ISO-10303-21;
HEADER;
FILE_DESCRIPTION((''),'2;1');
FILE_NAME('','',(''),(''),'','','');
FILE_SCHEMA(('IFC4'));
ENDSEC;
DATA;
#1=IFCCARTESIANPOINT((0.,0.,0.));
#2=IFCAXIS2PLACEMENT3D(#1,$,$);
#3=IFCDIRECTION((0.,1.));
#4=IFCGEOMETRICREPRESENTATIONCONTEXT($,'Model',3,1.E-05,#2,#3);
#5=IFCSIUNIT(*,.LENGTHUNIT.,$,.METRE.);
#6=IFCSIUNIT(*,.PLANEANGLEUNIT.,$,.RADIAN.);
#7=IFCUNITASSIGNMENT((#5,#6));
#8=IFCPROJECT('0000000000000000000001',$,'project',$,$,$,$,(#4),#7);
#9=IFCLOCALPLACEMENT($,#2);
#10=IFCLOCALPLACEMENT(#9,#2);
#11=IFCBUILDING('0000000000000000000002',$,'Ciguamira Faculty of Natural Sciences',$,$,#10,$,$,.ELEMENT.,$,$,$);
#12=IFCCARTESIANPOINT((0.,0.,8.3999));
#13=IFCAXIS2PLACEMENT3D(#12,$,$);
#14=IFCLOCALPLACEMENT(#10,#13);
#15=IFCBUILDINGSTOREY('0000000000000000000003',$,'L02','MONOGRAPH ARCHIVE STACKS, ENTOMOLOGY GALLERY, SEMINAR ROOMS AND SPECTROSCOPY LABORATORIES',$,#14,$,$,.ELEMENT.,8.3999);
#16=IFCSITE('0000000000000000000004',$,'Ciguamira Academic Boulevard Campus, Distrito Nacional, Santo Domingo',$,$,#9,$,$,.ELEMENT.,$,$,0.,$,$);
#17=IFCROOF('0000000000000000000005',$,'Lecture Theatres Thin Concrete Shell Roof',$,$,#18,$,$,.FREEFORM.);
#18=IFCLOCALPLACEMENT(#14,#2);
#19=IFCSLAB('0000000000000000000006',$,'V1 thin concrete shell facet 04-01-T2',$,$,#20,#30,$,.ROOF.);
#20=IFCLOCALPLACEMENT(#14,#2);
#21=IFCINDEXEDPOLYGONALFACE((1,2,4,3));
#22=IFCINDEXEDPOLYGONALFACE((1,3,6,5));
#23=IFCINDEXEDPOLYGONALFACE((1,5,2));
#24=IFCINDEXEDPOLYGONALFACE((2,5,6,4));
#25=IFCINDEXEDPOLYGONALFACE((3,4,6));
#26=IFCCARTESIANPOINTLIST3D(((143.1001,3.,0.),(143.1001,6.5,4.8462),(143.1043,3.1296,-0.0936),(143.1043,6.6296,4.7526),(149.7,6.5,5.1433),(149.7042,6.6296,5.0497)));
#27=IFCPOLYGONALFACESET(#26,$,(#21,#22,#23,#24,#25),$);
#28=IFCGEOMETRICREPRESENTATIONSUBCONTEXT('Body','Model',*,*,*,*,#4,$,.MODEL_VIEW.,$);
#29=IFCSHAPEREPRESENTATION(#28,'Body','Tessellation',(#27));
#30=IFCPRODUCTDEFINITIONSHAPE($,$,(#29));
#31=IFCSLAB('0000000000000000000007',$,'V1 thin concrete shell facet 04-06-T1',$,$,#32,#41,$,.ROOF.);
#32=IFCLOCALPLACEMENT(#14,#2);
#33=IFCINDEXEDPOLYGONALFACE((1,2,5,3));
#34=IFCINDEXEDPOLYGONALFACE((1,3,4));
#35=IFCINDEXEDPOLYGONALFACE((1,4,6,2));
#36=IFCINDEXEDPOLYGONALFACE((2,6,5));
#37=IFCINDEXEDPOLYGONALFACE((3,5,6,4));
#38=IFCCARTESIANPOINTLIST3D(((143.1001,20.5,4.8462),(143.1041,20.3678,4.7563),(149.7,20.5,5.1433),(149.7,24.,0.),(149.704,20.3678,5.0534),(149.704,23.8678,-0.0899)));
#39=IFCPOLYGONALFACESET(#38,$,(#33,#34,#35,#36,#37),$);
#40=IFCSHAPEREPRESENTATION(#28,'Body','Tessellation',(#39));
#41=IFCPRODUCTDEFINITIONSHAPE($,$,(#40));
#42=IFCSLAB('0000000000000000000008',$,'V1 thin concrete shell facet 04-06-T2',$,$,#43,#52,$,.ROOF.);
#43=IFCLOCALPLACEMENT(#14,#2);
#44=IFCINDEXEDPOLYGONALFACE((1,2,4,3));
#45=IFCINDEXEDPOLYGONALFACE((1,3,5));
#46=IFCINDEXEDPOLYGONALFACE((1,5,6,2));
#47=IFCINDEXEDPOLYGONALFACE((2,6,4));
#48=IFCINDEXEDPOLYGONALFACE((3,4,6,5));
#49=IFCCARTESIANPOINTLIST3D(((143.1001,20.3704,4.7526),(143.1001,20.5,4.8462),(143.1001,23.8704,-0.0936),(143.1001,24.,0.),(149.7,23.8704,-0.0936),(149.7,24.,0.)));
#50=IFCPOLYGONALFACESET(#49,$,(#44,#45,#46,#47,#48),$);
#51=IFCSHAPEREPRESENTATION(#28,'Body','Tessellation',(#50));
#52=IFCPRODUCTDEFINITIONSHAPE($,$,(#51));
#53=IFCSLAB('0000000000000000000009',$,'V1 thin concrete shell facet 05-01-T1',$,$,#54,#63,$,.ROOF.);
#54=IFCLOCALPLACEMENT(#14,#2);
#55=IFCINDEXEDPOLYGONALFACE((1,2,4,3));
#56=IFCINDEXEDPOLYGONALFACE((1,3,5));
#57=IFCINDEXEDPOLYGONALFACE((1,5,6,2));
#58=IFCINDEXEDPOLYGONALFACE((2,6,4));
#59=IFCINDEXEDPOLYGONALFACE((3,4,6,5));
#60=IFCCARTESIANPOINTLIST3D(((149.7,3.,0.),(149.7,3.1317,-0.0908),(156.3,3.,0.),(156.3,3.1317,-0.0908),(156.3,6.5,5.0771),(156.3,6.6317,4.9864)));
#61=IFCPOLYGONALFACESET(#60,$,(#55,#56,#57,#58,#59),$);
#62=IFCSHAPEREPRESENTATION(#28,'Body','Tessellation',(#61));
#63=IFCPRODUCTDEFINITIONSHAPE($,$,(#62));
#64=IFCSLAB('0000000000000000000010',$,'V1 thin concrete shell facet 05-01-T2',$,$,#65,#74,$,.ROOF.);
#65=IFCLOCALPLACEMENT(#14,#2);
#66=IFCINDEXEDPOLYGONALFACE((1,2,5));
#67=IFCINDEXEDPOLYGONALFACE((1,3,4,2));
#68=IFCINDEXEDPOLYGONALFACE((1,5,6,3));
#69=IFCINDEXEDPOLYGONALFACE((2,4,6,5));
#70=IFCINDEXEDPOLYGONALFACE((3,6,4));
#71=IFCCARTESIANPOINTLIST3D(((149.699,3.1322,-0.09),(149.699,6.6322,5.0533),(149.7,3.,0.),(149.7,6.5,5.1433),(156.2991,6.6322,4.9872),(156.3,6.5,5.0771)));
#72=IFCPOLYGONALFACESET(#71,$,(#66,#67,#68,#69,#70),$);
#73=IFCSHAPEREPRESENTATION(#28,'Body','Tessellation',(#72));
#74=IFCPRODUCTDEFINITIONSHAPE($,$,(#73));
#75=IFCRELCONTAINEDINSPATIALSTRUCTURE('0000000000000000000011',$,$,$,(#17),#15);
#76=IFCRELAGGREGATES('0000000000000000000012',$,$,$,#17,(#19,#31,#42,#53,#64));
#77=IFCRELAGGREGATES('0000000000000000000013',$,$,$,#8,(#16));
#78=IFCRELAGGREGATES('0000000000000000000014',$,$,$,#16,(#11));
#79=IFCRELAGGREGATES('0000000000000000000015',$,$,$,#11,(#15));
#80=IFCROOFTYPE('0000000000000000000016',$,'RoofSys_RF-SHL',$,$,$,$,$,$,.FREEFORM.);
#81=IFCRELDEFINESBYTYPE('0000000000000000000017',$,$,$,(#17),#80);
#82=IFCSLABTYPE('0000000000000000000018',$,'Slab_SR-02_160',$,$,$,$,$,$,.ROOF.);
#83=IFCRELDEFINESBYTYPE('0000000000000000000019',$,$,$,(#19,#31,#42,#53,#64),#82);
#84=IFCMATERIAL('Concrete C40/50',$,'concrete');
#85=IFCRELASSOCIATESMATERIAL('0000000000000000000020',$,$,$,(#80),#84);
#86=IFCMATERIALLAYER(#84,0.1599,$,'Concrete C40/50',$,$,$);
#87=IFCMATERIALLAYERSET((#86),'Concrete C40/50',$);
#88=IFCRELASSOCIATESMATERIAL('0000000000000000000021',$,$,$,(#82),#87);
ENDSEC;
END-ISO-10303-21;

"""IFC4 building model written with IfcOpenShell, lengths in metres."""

from ifc_helpers import new_model, si_unit, direction, frame, origin, place, context, subcontext, project, spatial, polyline, outline, extrude, material, layer, layer_set, type_object, element, aggregate, save


model = new_model("IFC4")

# Units and contexts
model_context = context("Model", 3, precision=1e-05, world=origin(), true_north=direction((0.0, 1.0)))
body_context = subcontext(model_context, "Body", "Model", "MODEL_VIEW")
ifc_project = project(units=[si_unit("LENGTHUNIT", "METRE"), si_unit("PLANEANGLEUNIT", "RADIAN")], contexts=[model_context])

# Site, building, storey
site_placement = place(None, origin())
site = spatial("IfcSite", under=ifc_project, at=site_placement, Name="Ciguamira Academic Boulevard Campus, Distrito Nacional, Santo Domingo", CompositionType="ELEMENT", RefElevation=0.0)
building_placement = place(site_placement, origin())
building = spatial("IfcBuilding", under=site, at=building_placement, Name="Ciguamira Faculty of Natural Sciences", CompositionType="ELEMENT")
storey_placement = place(building_placement, frame((0.0, 0.0, 8.3999)))
storey = spatial("IfcBuildingStorey", under=building, at=storey_placement, Name="L02", Description="MONOGRAPH ARCHIVE STACKS, ENTOMOLOGY GALLERY, SEMINAR ROOMS AND SPECTROSCOPY LABORATORIES", CompositionType="ELEMENT", Elevation=8.3999)

# Shared definitions
ifc_material = material(Name="Concrete C40/50", Category="concrete")

# Roof, slabs
roof_type = type_object("IfcRoofType", Name="RoofSys_RF-SHL", PredefinedType="FREEFORM", material=ifc_material)
roof_placement = place(storey_placement, origin())
roof = element("IfcRoof", 1, at=roof_placement, inside=storey, type_object=roof_type, Name="Lecture Theatres Thin Concrete Shell Roof", PredefinedType="FREEFORM")
ifc_layer = layer(ifc_material, 0.1599, Name="Concrete C40/50")
ifc_layer_set = layer_set([ifc_layer], Name="Concrete C40/50")
slab_type = type_object("IfcSlabType", Name="Slab_SR-02_160", PredefinedType="ROOF", material=ifc_layer_set)
slab_1_placement = place(storey_placement, frame((143.1001, 3.0, 0.0), z_axis=(-0.026349, -0.8104, 0.585284), x_axis=(0.727672, 0.385895, 0.567079)))
slab_1 = element("IfcSlab", 2, at=slab_1_placement, type_object=slab_type, Name="V1 thin concrete shell facet 04-01-T2", PredefinedType="ROOF", context=body_context, shape_type="SweptSolid", body=[
    extrude(outline(polyline([(0.0, 0.0), (9.0698, 0.0), (4.0988, 4.3515), (0.0, 0.0)])), origin(), (0.0, 0.0, -1.0), 0.1599),
])
slab_2_placement = place(storey_placement, frame((143.1001, 20.5, 4.8462), z_axis=(-0.025319, 0.826471, 0.56241), x_axis=(0.998988, 0.0, 0.044973)))
slab_2 = element("IfcSlab", 3, at=slab_2_placement, type_object=slab_type, Name="V1 thin concrete shell facet 04-06-T1", PredefinedType="ROOF", context=body_context, shape_type="SweptSolid", body=[
    extrude(outline(polyline([(0.0, 0.0), (6.6065, 0.0), (6.3752, 6.2169), (0.0, 0.0)])), origin(), (0.0, 0.0, -1.0), 0.1599),
])
slab_3_placement = place(storey_placement, frame((143.1001, 20.5, 4.8462), z_axis=(0.0, 0.810681, 0.585488), x_axis=(0.741165, 0.393051, -0.544229)))
slab_3 = element("IfcSlab", 4, at=slab_3_placement, type_object=slab_type, Name="V1 thin concrete shell facet 04-06-T2", PredefinedType="ROOF", context=body_context, shape_type="SweptSolid", body=[
    extrude(outline(polyline([(0.0, 0.0), (8.9047, 0.0), (4.0131, 4.4306), (0.0, 0.0)])), origin(), (0.0, 0.0, -1.0), 0.1599),
])
slab_4_placement = place(storey_placement, frame((149.7, 3.0, 0.0), z_axis=(0.0, -0.823325, 0.56757), x_axis=(1.0, 0.0, 0.0)))
slab_4 = element("IfcSlab", 5, at=slab_4_placement, type_object=slab_type, Name="V1 thin concrete shell facet 05-01-T1", PredefinedType="ROOF", context=body_context, shape_type="SweptSolid", body=[
    extrude(outline(polyline([(0.0, 0.0), (6.6001, 0.0), (6.6001, 6.1666), (0.0, 0.0)])), origin(), (0.0, 0.0, -1.0), 0.1599),
])
slab_5_placement = place(storey_placement, frame((149.7, 3.0, 0.0), z_axis=(0.00564, -0.826723, 0.562581), x_axis=(0.730694, 0.387483, 0.562089)))
slab_5 = element("IfcSlab", 6, at=slab_5_placement, type_object=slab_type, Name="V1 thin concrete shell facet 05-01-T2", PredefinedType="ROOF", context=body_context, shape_type="SweptSolid", body=[
    extrude(outline(polyline([(0.0, 0.0), (9.0326, 0.0), (4.2472, 4.5459), (0.0, 0.0)])), origin(), (0.0, 0.0, -1.0), 0.1599),
])
aggregate(roof, [slab_1, slab_2, slab_3, slab_4, slab_5])

save(model, "model.ifc")
